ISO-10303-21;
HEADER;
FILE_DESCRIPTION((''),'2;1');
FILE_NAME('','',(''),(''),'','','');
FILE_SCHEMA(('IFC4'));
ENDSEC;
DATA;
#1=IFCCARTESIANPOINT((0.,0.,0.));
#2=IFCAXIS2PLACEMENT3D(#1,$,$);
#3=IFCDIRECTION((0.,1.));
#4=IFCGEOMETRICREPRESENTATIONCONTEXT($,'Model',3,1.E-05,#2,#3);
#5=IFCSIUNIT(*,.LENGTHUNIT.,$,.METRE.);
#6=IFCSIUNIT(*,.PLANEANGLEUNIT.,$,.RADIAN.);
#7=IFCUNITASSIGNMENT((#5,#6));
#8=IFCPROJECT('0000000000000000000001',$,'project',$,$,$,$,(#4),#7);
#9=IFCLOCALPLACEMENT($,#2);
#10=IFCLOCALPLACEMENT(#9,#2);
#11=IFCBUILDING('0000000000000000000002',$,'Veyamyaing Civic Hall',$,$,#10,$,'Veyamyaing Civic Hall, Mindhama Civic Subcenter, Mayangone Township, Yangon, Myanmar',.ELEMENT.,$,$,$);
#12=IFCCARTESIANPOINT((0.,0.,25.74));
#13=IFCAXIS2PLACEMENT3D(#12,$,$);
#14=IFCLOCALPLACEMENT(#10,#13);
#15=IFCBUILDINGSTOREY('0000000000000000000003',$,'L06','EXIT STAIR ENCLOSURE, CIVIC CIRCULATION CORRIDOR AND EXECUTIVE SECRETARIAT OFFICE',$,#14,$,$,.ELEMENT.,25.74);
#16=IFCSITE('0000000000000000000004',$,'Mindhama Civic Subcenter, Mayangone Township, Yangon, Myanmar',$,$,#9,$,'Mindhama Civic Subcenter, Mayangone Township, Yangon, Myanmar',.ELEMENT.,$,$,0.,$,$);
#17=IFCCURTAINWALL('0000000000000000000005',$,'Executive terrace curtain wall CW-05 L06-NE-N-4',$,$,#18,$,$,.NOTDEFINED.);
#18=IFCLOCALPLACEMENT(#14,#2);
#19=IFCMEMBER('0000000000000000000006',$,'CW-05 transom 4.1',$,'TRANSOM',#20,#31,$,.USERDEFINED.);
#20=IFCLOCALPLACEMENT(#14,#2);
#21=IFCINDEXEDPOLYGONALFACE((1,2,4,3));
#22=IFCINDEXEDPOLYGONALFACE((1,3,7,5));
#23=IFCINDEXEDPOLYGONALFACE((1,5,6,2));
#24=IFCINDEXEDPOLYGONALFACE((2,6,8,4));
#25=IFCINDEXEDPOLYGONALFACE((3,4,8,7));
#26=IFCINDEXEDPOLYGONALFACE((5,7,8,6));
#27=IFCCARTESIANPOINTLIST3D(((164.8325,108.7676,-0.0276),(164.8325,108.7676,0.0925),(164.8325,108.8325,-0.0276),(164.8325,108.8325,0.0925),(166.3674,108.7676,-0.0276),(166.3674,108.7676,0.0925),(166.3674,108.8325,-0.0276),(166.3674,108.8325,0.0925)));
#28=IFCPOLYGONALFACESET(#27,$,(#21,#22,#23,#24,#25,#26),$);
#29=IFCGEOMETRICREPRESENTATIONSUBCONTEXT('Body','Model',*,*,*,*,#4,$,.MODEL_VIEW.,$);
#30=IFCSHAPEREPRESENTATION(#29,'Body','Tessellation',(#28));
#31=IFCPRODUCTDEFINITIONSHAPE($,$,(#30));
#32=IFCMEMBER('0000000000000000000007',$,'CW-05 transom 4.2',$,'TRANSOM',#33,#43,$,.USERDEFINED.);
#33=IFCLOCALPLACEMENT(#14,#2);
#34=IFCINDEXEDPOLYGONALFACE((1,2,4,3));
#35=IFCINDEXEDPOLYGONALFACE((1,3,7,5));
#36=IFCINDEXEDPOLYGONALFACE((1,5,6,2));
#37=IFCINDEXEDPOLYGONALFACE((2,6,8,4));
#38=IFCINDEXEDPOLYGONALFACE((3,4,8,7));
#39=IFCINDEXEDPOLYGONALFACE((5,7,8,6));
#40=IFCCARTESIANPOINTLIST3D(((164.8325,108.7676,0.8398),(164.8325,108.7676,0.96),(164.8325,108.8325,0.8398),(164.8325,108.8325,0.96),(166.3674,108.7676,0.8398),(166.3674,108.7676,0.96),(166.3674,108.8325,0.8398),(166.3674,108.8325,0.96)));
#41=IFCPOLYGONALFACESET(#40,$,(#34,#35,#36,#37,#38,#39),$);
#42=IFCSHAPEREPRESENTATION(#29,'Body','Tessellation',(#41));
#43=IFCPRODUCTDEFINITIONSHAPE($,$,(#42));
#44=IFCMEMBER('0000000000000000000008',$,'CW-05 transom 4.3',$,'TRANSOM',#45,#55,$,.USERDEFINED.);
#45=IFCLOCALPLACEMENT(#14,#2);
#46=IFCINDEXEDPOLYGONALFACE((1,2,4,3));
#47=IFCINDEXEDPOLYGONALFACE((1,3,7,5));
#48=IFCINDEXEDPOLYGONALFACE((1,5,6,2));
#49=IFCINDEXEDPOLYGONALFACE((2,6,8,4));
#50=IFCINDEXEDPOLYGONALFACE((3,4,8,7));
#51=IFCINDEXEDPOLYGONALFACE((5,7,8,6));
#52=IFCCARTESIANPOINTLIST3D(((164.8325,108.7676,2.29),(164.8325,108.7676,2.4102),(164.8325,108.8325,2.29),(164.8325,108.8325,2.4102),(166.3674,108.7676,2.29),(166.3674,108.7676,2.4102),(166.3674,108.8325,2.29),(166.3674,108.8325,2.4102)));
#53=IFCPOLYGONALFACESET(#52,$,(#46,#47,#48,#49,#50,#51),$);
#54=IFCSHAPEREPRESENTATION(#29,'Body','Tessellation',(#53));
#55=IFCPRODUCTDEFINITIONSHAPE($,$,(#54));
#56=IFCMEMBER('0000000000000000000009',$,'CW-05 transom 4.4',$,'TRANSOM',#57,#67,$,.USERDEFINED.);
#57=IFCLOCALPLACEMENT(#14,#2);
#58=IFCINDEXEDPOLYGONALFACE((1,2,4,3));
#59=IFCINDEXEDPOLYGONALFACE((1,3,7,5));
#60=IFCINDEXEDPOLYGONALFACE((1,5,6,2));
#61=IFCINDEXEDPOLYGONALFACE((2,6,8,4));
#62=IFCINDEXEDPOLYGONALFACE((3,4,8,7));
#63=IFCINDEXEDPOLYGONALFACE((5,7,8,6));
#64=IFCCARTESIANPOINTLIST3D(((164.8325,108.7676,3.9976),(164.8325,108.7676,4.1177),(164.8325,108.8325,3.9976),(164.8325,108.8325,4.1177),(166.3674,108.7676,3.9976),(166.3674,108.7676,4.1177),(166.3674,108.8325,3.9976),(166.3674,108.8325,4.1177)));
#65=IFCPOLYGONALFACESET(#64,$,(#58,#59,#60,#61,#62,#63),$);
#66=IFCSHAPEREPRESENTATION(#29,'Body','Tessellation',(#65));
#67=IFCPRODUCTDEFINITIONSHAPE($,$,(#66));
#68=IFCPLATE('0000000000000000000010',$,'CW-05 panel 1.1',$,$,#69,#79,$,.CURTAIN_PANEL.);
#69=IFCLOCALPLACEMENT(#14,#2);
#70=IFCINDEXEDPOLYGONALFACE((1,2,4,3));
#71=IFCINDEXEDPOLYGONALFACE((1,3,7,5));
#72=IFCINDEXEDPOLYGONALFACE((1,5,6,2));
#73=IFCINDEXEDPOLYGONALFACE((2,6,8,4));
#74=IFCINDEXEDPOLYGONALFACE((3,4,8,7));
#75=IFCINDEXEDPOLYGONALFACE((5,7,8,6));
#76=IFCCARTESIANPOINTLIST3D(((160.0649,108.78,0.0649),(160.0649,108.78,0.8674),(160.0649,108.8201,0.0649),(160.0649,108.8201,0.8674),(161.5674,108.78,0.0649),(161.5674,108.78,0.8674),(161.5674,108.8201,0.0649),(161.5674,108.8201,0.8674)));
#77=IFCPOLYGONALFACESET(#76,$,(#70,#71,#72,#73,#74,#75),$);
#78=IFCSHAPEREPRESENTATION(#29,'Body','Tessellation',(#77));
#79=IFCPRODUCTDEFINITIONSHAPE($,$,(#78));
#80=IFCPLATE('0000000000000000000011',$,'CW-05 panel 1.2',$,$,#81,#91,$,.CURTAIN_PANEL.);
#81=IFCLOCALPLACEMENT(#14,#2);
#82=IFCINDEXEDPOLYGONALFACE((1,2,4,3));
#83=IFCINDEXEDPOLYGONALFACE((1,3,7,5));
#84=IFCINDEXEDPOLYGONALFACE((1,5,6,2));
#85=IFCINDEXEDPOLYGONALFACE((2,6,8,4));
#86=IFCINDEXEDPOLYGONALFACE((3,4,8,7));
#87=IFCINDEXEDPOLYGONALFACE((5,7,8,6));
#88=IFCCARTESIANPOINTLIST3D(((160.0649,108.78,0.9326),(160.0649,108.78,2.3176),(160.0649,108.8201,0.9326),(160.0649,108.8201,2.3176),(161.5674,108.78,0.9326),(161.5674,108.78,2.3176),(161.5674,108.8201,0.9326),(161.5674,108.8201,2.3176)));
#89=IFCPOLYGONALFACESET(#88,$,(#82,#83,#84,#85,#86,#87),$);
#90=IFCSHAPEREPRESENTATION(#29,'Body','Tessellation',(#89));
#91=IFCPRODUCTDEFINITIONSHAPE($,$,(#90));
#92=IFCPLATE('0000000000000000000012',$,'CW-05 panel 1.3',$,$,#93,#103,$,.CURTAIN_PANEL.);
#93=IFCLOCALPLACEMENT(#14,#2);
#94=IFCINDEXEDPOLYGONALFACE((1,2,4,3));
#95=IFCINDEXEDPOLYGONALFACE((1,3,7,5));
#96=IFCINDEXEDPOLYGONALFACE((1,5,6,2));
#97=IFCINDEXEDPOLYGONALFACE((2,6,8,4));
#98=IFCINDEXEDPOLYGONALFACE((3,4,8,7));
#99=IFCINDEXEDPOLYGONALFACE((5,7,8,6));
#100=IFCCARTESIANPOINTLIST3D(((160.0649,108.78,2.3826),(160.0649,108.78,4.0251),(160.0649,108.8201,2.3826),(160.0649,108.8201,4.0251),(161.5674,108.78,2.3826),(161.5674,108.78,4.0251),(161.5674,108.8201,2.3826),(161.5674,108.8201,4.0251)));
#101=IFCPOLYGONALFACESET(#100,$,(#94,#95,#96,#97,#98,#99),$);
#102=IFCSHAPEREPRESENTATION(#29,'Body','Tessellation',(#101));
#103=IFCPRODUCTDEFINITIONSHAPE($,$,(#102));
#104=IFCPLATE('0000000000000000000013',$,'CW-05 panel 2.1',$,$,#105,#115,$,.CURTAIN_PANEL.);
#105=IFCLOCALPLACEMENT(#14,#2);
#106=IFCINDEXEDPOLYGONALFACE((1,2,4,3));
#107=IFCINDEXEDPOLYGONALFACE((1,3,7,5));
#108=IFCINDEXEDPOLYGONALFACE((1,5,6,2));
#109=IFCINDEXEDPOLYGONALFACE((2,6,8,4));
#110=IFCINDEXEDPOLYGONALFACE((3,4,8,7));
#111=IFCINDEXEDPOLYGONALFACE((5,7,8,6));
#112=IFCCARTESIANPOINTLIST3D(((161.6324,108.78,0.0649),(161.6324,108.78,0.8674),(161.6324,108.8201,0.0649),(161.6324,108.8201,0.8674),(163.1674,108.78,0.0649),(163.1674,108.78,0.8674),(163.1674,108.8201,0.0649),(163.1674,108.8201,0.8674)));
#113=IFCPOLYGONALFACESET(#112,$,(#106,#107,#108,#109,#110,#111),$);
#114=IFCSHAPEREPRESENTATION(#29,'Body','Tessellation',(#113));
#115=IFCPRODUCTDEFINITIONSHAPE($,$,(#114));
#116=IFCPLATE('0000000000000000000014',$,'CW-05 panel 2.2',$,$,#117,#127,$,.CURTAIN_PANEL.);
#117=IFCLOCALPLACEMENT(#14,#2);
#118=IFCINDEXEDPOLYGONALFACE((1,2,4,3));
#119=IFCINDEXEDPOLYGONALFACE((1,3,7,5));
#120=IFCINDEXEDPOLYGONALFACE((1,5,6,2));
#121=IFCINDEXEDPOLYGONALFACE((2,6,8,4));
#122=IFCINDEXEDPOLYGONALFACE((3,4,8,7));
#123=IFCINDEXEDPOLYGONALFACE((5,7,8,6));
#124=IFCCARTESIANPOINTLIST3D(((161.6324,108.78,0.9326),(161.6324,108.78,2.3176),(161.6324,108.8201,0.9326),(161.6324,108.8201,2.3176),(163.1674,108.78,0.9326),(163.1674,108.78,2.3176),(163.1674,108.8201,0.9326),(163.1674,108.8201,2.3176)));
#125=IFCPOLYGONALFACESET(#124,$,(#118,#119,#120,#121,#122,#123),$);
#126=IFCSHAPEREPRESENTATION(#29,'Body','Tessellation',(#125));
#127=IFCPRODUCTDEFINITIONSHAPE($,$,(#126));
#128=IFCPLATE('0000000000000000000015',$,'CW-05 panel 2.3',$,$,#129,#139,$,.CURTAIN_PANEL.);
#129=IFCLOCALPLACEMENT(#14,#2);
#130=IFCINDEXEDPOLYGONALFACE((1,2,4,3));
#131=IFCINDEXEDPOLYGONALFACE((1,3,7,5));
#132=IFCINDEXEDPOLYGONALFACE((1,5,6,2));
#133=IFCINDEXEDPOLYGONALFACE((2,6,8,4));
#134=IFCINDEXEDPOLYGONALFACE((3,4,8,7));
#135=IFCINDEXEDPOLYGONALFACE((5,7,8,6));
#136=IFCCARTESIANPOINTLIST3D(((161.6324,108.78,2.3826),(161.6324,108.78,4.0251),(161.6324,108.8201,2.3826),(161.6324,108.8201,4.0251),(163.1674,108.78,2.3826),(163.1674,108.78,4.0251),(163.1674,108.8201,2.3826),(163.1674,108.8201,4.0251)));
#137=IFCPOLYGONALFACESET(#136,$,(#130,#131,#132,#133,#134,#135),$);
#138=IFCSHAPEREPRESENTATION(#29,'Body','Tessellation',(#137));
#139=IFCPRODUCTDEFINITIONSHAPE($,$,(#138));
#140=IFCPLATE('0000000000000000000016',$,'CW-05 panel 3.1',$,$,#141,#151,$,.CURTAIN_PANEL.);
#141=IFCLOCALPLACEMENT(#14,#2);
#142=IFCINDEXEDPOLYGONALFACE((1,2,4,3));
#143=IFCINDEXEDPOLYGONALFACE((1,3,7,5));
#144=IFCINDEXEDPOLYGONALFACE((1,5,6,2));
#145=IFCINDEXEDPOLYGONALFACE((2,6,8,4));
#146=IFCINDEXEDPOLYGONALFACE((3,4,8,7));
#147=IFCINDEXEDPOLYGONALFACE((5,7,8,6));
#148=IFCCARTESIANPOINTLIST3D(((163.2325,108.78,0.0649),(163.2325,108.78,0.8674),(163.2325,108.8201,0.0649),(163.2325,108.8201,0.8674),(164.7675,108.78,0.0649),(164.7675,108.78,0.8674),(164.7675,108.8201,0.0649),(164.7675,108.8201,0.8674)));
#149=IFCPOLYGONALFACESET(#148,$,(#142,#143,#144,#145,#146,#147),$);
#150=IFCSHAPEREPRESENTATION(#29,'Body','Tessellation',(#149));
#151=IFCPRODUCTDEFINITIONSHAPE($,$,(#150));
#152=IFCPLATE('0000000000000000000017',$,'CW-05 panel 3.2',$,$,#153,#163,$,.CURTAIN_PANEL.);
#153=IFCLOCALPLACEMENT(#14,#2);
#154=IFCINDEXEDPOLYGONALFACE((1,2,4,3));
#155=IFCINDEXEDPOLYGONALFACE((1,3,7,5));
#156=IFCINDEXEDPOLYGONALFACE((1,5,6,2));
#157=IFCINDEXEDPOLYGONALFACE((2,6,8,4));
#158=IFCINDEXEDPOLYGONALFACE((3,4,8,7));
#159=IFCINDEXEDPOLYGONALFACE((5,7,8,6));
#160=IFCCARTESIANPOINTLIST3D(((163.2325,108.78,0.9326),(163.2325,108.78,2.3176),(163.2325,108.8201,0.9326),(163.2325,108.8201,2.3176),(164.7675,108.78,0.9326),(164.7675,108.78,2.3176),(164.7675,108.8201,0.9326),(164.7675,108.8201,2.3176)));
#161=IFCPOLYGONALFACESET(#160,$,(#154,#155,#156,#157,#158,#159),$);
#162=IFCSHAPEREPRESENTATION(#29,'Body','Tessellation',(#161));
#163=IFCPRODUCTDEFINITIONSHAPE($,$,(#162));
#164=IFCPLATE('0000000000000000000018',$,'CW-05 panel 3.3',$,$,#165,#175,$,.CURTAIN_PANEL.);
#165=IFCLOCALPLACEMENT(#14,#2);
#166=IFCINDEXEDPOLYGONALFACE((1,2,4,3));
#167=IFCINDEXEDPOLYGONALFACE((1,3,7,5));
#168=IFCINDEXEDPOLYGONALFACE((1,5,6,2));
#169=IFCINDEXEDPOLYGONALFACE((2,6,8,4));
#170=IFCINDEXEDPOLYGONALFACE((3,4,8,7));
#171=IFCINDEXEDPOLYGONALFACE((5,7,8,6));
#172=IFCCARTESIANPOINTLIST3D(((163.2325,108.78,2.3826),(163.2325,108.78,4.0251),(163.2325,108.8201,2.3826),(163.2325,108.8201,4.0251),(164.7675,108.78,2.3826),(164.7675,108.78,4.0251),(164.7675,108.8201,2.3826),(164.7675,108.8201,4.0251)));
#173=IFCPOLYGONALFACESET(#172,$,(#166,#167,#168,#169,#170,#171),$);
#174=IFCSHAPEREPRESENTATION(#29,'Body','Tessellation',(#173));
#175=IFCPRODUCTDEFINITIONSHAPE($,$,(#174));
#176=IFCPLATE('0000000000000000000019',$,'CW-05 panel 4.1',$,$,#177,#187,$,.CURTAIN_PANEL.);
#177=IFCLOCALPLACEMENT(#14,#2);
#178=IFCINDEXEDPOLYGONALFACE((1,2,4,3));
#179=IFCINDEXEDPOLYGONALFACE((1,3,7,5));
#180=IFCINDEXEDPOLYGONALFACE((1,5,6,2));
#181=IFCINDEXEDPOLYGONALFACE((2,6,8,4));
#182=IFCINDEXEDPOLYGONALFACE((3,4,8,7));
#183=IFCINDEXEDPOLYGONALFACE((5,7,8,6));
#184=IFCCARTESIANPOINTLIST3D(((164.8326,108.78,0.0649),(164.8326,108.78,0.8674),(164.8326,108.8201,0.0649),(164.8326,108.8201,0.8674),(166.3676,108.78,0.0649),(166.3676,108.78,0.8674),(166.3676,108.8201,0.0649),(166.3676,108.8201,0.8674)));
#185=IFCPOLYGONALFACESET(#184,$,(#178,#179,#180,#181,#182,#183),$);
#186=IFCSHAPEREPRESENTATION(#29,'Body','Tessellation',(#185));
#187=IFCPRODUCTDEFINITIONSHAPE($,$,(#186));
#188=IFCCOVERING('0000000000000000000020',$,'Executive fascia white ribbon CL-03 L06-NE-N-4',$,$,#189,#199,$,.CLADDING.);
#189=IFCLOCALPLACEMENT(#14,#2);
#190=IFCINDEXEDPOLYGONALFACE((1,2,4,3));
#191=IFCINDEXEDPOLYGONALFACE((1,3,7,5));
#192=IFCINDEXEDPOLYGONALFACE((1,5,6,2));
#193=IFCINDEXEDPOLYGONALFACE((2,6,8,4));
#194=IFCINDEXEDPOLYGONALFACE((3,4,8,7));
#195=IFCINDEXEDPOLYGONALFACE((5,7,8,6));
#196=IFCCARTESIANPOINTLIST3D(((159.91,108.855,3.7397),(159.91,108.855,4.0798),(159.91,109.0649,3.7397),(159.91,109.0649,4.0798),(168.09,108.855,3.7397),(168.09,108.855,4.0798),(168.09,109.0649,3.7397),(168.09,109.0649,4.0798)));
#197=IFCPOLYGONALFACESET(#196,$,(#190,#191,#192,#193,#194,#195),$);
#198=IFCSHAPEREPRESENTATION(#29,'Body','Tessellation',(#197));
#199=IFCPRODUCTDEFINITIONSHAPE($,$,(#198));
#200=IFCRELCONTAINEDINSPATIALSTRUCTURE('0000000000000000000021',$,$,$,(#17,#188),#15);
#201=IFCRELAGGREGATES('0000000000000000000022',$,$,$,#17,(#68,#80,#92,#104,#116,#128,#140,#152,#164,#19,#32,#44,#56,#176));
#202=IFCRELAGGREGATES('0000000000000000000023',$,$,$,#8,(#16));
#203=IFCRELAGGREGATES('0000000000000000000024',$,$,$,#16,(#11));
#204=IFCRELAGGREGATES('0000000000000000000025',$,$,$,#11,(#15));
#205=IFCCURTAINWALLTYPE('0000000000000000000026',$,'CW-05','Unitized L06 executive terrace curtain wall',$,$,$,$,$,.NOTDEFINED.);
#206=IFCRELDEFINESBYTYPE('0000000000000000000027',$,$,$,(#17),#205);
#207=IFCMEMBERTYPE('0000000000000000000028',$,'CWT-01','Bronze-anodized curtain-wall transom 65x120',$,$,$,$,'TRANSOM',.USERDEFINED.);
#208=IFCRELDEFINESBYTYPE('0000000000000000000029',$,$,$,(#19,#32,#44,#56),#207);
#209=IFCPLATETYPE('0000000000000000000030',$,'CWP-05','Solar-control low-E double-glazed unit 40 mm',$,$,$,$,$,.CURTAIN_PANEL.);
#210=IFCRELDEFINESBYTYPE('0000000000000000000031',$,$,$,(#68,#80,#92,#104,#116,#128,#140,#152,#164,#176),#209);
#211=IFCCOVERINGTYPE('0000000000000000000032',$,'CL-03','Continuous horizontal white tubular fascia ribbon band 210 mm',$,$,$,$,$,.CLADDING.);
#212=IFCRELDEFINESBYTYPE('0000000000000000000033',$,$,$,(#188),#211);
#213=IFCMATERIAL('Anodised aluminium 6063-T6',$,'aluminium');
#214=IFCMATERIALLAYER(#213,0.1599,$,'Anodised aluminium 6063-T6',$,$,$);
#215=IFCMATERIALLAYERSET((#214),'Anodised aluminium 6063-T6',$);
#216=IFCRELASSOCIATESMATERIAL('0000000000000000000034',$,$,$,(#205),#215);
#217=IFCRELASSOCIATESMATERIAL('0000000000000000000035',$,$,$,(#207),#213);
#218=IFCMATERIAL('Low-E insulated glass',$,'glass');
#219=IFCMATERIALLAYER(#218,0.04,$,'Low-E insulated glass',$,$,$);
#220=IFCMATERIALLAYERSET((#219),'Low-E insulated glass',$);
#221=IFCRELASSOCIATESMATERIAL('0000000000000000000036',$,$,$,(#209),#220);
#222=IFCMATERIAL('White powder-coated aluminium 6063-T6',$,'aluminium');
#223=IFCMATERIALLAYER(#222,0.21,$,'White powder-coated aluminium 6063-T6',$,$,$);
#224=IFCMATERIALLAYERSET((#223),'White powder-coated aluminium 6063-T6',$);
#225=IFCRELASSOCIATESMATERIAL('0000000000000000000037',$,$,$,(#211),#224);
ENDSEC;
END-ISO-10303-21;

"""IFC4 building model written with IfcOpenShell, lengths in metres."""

from ifc_helpers import new_model, si_unit, direction, frame, origin, origin_2d, place, context, subcontext, project, spatial, rectangle, extrude, material, layer, layer_set, material_profile, profile_set, type_object, element, aggregate, save


model = new_model("IFC4")

# Units and contexts
model_context = context("Model", 3, precision=1e-05, world=origin(), true_north=direction((0.0, 1.0)))
body_context = subcontext(model_context, "Body", "Model", "MODEL_VIEW")
ifc_project = project(units=[si_unit("LENGTHUNIT", "METRE"), si_unit("PLANEANGLEUNIT", "RADIAN")], contexts=[model_context])

# Site, building, storey
site_placement = place(None, origin())
site = spatial("IfcSite", under=ifc_project, at=site_placement, Name="Mindhama Civic Subcenter, Mayangone Township, Yangon, Myanmar", LongName="Mindhama Civic Subcenter, Mayangone Township, Yangon, Myanmar", CompositionType="ELEMENT", RefElevation=0.0)
building_placement = place(site_placement, origin())
building = spatial("IfcBuilding", under=site, at=building_placement, Name="Veyamyaing Civic Hall", LongName="Veyamyaing Civic Hall, Mindhama Civic Subcenter, Mayangone Township, Yangon, Myanmar", CompositionType="ELEMENT")
storey_placement = place(building_placement, frame((0.0, 0.0, 25.74)))
storey = spatial("IfcBuildingStorey", under=building, at=storey_placement, Name="L06", Description="EXIT STAIR ENCLOSURE, CIVIC CIRCULATION CORRIDOR AND EXECUTIVE SECRETARIAT OFFICE", CompositionType="ELEMENT", Elevation=25.74)

# Curtain wall, members, plates
ifc_material_1 = material(Name="Anodised aluminium 6063-T6", Category="aluminium")
ifc_layer_1 = layer(ifc_material_1, 0.1599, Name="Anodised aluminium 6063-T6")
ifc_layer_set_1 = layer_set([ifc_layer_1], Name="Anodised aluminium 6063-T6")
curtain_wall_type = type_object("IfcCurtainWallType", Name="CW-05", Description="Unitized L06 executive terrace curtain wall", PredefinedType="NOTDEFINED", material=ifc_layer_set_1)
curtain_wall_placement = place(storey_placement, origin())
curtain_wall = element("IfcCurtainWall", 1, at=curtain_wall_placement, inside=storey, type_object=curtain_wall_type, Name="Executive terrace curtain wall CW-05 L06-NE-N-4", PredefinedType="NOTDEFINED")
ifc_material_profile_1 = material_profile(ifc_material_1, rectangle(XDim=0.0649, YDim=0.1201, at=origin_2d()), Name="ALU-TRN-65X120")
ifc_profile_set_1 = profile_set([ifc_material_profile_1], Name="Anodised aluminium 6063-T6")
member_type_1 = type_object("IfcMemberType", Name="CWT-01", Description="Bronze-anodized curtain-wall transom 65x120", ElementType="TRANSOM", PredefinedType="USERDEFINED", material=ifc_profile_set_1)
member_1_placement = place(storey_placement, frame((164.8325, 108.8, 0.0325), z_axis=(1.0, 0.0, 0.0), x_axis=(0.0, 1.0, 0.0)))
member_1 = element("IfcMember", 2, at=member_1_placement, type_object=member_type_1, Name="CW-05 transom 4.1", ObjectType="TRANSOM", PredefinedType="USERDEFINED", context=body_context, shape_type="SweptSolid", body=[
    extrude(rectangle(XDim=0.0649, YDim=0.1201, at=origin_2d()), origin(), (0.0, 0.0, 1.0), 1.5349),
])
member_2_placement = place(storey_placement, frame((164.8325, 108.8, 0.8999), z_axis=(1.0, 0.0, 0.0), x_axis=(0.0, 1.0, 0.0)))
member_2 = element("IfcMember", 3, at=member_2_placement, type_object=member_type_1, Name="CW-05 transom 4.2", ObjectType="TRANSOM", PredefinedType="USERDEFINED", context=body_context, shape_type="SweptSolid", body=[
    extrude(rectangle(XDim=0.0649, YDim=0.1201, at=origin_2d()), origin(), (0.0, 0.0, 1.0), 1.5349),
])
member_3_placement = place(storey_placement, frame((164.8325, 108.8, 2.3501), z_axis=(1.0, 0.0, 0.0), x_axis=(0.0, 1.0, 0.0)))
member_3 = element("IfcMember", 4, at=member_3_placement, type_object=member_type_1, Name="CW-05 transom 4.3", ObjectType="TRANSOM", PredefinedType="USERDEFINED", context=body_context, shape_type="SweptSolid", body=[
    extrude(rectangle(XDim=0.0649, YDim=0.1201, at=origin_2d()), origin(), (0.0, 0.0, 1.0), 1.5349),
])
member_4_placement = place(storey_placement, frame((164.8325, 108.8, 4.0576), z_axis=(1.0, 0.0, 0.0), x_axis=(0.0, 1.0, 0.0)))
member_4 = element("IfcMember", 5, at=member_4_placement, type_object=member_type_1, Name="CW-05 transom 4.4", ObjectType="TRANSOM", PredefinedType="USERDEFINED", context=body_context, shape_type="SweptSolid", body=[
    extrude(rectangle(XDim=0.0649, YDim=0.1201, at=origin_2d()), origin(), (0.0, 0.0, 1.0), 1.5349),
])
ifc_material_2 = material(Name="Low-E insulated glass", Category="glass")
ifc_layer_2 = layer(ifc_material_2, 0.04, Name="Low-E insulated glass")
ifc_layer_set_2 = layer_set([ifc_layer_2], Name="Low-E insulated glass")
plate_type = type_object("IfcPlateType", Name="CWP-05", Description="Solar-control low-E double-glazed unit 40 mm", PredefinedType="CURTAIN_PANEL", material=ifc_layer_set_2)
plate_1_placement = place(storey_placement, frame((160.8162, 108.8, 0.0649), z_axis=(0.0, 0.0, 1.0), x_axis=(1.0, 0.0, 0.0)))
plate_1 = element("IfcPlate", 6, at=plate_1_placement, type_object=plate_type, Name="CW-05 panel 1.1", PredefinedType="CURTAIN_PANEL", context=body_context, shape_type="SweptSolid", body=[
    extrude(rectangle(XDim=1.5024, YDim=0.04, at=origin_2d()), origin(), (0.0, 0.0, 1.0), 0.8025),
])
plate_2_placement = place(storey_placement, frame((160.8162, 108.8, 0.9326), z_axis=(0.0, 0.0, 1.0), x_axis=(1.0, 0.0, 0.0)))
plate_2 = element("IfcPlate", 7, at=plate_2_placement, type_object=plate_type, Name="CW-05 panel 1.2", PredefinedType="CURTAIN_PANEL", context=body_context, shape_type="SweptSolid", body=[
    extrude(rectangle(XDim=1.5024, YDim=0.04, at=origin_2d()), origin(), (0.0, 0.0, 1.0), 1.385),
])
plate_3_placement = place(storey_placement, frame((160.8162, 108.8, 2.3826), z_axis=(0.0, 0.0, 1.0), x_axis=(1.0, 0.0, 0.0)))
plate_3 = element("IfcPlate", 8, at=plate_3_placement, type_object=plate_type, Name="CW-05 panel 1.3", PredefinedType="CURTAIN_PANEL", context=body_context, shape_type="SweptSolid", body=[
    extrude(rectangle(XDim=1.5024, YDim=0.04, at=origin_2d()), origin(), (0.0, 0.0, 1.0), 1.6426),
])
plate_4_placement = place(storey_placement, frame((162.3999, 108.8, 0.0649), z_axis=(0.0, 0.0, 1.0), x_axis=(1.0, 0.0, 0.0)))
plate_4 = element("IfcPlate", 9, at=plate_4_placement, type_object=plate_type, Name="CW-05 panel 2.1", PredefinedType="CURTAIN_PANEL", context=body_context, shape_type="SweptSolid", body=[
    extrude(rectangle(XDim=1.5349, YDim=0.04, at=origin_2d()), origin(), (0.0, 0.0, 1.0), 0.8025),
])
plate_5_placement = place(storey_placement, frame((162.3999, 108.8, 0.9326), z_axis=(0.0, 0.0, 1.0), x_axis=(1.0, 0.0, 0.0)))
plate_5 = element("IfcPlate", 10, at=plate_5_placement, type_object=plate_type, Name="CW-05 panel 2.2", PredefinedType="CURTAIN_PANEL", context=body_context, shape_type="SweptSolid", body=[
    extrude(rectangle(XDim=1.5349, YDim=0.04, at=origin_2d()), origin(), (0.0, 0.0, 1.0), 1.385),
])
plate_6_placement = place(storey_placement, frame((162.3999, 108.8, 2.3826), z_axis=(0.0, 0.0, 1.0), x_axis=(1.0, 0.0, 0.0)))
plate_6 = element("IfcPlate", 11, at=plate_6_placement, type_object=plate_type, Name="CW-05 panel 2.3", PredefinedType="CURTAIN_PANEL", context=body_context, shape_type="SweptSolid", body=[
    extrude(rectangle(XDim=1.5349, YDim=0.04, at=origin_2d()), origin(), (0.0, 0.0, 1.0), 1.6426),
])
plate_7_placement = place(storey_placement, frame((164.0, 108.8, 0.0649), z_axis=(0.0, 0.0, 1.0), x_axis=(1.0, 0.0, 0.0)))
plate_7 = element("IfcPlate", 12, at=plate_7_placement, type_object=plate_type, Name="CW-05 panel 3.1", PredefinedType="CURTAIN_PANEL", context=body_context, shape_type="SweptSolid", body=[
    extrude(rectangle(XDim=1.5349, YDim=0.04, at=origin_2d()), origin(), (0.0, 0.0, 1.0), 0.8025),
])
plate_8_placement = place(storey_placement, frame((164.0, 108.8, 0.9326), z_axis=(0.0, 0.0, 1.0), x_axis=(1.0, 0.0, 0.0)))
plate_8 = element("IfcPlate", 13, at=plate_8_placement, type_object=plate_type, Name="CW-05 panel 3.2", PredefinedType="CURTAIN_PANEL", context=body_context, shape_type="SweptSolid", body=[
    extrude(rectangle(XDim=1.5349, YDim=0.04, at=origin_2d()), origin(), (0.0, 0.0, 1.0), 1.385),
])
plate_9_placement = place(storey_placement, frame((164.0, 108.8, 2.3826), z_axis=(0.0, 0.0, 1.0), x_axis=(1.0, 0.0, 0.0)))
plate_9 = element("IfcPlate", 14, at=plate_9_placement, type_object=plate_type, Name="CW-05 panel 3.3", PredefinedType="CURTAIN_PANEL", context=body_context, shape_type="SweptSolid", body=[
    extrude(rectangle(XDim=1.5349, YDim=0.04, at=origin_2d()), origin(), (0.0, 0.0, 1.0), 1.6426),
])
plate_10_placement = place(storey_placement, frame((165.6001, 108.8, 0.0649), z_axis=(0.0, 0.0, 1.0), x_axis=(1.0, 0.0, 0.0)))
plate_10 = element("IfcPlate", 15, at=plate_10_placement, type_object=plate_type, Name="CW-05 panel 4.1", PredefinedType="CURTAIN_PANEL", context=body_context, shape_type="SweptSolid", body=[
    extrude(rectangle(XDim=1.5349, YDim=0.04, at=origin_2d()), origin(), (0.0, 0.0, 1.0), 0.8025),
])
aggregate(curtain_wall, [plate_1, plate_2, plate_3, plate_4, plate_5, plate_6, plate_7, plate_8, plate_9, member_1, member_2, member_3, member_4, plate_10])

# Covering
ifc_material_3 = material(Name="White powder-coated aluminium 6063-T6", Category="aluminium")
ifc_layer_3 = layer(ifc_material_3, 0.21, Name="White powder-coated aluminium 6063-T6")
ifc_layer_set_3 = layer_set([ifc_layer_3], Name="White powder-coated aluminium 6063-T6")
covering_type = type_object("IfcCoveringType", Name="CL-03", Description="Continuous horizontal white tubular fascia ribbon band 210 mm", PredefinedType="CLADDING", material=ifc_layer_set_3)
covering_placement = place(storey_placement, frame((164.0, 108.96, 3.7397), z_axis=(0.0, 0.0, 1.0), x_axis=(1.0, 0.0, 0.0)))
element("IfcCovering", 16, at=covering_placement, inside=storey, type_object=covering_type, Name="Executive fascia white ribbon CL-03 L06-NE-N-4", PredefinedType="CLADDING", context=body_context, shape_type="SweptSolid", body=[
    extrude(rectangle(XDim=8.1799, YDim=0.21, at=origin_2d()), origin(), (0.0, 0.0, 1.0), 0.3401),
])

save(model, "model.ifc")
